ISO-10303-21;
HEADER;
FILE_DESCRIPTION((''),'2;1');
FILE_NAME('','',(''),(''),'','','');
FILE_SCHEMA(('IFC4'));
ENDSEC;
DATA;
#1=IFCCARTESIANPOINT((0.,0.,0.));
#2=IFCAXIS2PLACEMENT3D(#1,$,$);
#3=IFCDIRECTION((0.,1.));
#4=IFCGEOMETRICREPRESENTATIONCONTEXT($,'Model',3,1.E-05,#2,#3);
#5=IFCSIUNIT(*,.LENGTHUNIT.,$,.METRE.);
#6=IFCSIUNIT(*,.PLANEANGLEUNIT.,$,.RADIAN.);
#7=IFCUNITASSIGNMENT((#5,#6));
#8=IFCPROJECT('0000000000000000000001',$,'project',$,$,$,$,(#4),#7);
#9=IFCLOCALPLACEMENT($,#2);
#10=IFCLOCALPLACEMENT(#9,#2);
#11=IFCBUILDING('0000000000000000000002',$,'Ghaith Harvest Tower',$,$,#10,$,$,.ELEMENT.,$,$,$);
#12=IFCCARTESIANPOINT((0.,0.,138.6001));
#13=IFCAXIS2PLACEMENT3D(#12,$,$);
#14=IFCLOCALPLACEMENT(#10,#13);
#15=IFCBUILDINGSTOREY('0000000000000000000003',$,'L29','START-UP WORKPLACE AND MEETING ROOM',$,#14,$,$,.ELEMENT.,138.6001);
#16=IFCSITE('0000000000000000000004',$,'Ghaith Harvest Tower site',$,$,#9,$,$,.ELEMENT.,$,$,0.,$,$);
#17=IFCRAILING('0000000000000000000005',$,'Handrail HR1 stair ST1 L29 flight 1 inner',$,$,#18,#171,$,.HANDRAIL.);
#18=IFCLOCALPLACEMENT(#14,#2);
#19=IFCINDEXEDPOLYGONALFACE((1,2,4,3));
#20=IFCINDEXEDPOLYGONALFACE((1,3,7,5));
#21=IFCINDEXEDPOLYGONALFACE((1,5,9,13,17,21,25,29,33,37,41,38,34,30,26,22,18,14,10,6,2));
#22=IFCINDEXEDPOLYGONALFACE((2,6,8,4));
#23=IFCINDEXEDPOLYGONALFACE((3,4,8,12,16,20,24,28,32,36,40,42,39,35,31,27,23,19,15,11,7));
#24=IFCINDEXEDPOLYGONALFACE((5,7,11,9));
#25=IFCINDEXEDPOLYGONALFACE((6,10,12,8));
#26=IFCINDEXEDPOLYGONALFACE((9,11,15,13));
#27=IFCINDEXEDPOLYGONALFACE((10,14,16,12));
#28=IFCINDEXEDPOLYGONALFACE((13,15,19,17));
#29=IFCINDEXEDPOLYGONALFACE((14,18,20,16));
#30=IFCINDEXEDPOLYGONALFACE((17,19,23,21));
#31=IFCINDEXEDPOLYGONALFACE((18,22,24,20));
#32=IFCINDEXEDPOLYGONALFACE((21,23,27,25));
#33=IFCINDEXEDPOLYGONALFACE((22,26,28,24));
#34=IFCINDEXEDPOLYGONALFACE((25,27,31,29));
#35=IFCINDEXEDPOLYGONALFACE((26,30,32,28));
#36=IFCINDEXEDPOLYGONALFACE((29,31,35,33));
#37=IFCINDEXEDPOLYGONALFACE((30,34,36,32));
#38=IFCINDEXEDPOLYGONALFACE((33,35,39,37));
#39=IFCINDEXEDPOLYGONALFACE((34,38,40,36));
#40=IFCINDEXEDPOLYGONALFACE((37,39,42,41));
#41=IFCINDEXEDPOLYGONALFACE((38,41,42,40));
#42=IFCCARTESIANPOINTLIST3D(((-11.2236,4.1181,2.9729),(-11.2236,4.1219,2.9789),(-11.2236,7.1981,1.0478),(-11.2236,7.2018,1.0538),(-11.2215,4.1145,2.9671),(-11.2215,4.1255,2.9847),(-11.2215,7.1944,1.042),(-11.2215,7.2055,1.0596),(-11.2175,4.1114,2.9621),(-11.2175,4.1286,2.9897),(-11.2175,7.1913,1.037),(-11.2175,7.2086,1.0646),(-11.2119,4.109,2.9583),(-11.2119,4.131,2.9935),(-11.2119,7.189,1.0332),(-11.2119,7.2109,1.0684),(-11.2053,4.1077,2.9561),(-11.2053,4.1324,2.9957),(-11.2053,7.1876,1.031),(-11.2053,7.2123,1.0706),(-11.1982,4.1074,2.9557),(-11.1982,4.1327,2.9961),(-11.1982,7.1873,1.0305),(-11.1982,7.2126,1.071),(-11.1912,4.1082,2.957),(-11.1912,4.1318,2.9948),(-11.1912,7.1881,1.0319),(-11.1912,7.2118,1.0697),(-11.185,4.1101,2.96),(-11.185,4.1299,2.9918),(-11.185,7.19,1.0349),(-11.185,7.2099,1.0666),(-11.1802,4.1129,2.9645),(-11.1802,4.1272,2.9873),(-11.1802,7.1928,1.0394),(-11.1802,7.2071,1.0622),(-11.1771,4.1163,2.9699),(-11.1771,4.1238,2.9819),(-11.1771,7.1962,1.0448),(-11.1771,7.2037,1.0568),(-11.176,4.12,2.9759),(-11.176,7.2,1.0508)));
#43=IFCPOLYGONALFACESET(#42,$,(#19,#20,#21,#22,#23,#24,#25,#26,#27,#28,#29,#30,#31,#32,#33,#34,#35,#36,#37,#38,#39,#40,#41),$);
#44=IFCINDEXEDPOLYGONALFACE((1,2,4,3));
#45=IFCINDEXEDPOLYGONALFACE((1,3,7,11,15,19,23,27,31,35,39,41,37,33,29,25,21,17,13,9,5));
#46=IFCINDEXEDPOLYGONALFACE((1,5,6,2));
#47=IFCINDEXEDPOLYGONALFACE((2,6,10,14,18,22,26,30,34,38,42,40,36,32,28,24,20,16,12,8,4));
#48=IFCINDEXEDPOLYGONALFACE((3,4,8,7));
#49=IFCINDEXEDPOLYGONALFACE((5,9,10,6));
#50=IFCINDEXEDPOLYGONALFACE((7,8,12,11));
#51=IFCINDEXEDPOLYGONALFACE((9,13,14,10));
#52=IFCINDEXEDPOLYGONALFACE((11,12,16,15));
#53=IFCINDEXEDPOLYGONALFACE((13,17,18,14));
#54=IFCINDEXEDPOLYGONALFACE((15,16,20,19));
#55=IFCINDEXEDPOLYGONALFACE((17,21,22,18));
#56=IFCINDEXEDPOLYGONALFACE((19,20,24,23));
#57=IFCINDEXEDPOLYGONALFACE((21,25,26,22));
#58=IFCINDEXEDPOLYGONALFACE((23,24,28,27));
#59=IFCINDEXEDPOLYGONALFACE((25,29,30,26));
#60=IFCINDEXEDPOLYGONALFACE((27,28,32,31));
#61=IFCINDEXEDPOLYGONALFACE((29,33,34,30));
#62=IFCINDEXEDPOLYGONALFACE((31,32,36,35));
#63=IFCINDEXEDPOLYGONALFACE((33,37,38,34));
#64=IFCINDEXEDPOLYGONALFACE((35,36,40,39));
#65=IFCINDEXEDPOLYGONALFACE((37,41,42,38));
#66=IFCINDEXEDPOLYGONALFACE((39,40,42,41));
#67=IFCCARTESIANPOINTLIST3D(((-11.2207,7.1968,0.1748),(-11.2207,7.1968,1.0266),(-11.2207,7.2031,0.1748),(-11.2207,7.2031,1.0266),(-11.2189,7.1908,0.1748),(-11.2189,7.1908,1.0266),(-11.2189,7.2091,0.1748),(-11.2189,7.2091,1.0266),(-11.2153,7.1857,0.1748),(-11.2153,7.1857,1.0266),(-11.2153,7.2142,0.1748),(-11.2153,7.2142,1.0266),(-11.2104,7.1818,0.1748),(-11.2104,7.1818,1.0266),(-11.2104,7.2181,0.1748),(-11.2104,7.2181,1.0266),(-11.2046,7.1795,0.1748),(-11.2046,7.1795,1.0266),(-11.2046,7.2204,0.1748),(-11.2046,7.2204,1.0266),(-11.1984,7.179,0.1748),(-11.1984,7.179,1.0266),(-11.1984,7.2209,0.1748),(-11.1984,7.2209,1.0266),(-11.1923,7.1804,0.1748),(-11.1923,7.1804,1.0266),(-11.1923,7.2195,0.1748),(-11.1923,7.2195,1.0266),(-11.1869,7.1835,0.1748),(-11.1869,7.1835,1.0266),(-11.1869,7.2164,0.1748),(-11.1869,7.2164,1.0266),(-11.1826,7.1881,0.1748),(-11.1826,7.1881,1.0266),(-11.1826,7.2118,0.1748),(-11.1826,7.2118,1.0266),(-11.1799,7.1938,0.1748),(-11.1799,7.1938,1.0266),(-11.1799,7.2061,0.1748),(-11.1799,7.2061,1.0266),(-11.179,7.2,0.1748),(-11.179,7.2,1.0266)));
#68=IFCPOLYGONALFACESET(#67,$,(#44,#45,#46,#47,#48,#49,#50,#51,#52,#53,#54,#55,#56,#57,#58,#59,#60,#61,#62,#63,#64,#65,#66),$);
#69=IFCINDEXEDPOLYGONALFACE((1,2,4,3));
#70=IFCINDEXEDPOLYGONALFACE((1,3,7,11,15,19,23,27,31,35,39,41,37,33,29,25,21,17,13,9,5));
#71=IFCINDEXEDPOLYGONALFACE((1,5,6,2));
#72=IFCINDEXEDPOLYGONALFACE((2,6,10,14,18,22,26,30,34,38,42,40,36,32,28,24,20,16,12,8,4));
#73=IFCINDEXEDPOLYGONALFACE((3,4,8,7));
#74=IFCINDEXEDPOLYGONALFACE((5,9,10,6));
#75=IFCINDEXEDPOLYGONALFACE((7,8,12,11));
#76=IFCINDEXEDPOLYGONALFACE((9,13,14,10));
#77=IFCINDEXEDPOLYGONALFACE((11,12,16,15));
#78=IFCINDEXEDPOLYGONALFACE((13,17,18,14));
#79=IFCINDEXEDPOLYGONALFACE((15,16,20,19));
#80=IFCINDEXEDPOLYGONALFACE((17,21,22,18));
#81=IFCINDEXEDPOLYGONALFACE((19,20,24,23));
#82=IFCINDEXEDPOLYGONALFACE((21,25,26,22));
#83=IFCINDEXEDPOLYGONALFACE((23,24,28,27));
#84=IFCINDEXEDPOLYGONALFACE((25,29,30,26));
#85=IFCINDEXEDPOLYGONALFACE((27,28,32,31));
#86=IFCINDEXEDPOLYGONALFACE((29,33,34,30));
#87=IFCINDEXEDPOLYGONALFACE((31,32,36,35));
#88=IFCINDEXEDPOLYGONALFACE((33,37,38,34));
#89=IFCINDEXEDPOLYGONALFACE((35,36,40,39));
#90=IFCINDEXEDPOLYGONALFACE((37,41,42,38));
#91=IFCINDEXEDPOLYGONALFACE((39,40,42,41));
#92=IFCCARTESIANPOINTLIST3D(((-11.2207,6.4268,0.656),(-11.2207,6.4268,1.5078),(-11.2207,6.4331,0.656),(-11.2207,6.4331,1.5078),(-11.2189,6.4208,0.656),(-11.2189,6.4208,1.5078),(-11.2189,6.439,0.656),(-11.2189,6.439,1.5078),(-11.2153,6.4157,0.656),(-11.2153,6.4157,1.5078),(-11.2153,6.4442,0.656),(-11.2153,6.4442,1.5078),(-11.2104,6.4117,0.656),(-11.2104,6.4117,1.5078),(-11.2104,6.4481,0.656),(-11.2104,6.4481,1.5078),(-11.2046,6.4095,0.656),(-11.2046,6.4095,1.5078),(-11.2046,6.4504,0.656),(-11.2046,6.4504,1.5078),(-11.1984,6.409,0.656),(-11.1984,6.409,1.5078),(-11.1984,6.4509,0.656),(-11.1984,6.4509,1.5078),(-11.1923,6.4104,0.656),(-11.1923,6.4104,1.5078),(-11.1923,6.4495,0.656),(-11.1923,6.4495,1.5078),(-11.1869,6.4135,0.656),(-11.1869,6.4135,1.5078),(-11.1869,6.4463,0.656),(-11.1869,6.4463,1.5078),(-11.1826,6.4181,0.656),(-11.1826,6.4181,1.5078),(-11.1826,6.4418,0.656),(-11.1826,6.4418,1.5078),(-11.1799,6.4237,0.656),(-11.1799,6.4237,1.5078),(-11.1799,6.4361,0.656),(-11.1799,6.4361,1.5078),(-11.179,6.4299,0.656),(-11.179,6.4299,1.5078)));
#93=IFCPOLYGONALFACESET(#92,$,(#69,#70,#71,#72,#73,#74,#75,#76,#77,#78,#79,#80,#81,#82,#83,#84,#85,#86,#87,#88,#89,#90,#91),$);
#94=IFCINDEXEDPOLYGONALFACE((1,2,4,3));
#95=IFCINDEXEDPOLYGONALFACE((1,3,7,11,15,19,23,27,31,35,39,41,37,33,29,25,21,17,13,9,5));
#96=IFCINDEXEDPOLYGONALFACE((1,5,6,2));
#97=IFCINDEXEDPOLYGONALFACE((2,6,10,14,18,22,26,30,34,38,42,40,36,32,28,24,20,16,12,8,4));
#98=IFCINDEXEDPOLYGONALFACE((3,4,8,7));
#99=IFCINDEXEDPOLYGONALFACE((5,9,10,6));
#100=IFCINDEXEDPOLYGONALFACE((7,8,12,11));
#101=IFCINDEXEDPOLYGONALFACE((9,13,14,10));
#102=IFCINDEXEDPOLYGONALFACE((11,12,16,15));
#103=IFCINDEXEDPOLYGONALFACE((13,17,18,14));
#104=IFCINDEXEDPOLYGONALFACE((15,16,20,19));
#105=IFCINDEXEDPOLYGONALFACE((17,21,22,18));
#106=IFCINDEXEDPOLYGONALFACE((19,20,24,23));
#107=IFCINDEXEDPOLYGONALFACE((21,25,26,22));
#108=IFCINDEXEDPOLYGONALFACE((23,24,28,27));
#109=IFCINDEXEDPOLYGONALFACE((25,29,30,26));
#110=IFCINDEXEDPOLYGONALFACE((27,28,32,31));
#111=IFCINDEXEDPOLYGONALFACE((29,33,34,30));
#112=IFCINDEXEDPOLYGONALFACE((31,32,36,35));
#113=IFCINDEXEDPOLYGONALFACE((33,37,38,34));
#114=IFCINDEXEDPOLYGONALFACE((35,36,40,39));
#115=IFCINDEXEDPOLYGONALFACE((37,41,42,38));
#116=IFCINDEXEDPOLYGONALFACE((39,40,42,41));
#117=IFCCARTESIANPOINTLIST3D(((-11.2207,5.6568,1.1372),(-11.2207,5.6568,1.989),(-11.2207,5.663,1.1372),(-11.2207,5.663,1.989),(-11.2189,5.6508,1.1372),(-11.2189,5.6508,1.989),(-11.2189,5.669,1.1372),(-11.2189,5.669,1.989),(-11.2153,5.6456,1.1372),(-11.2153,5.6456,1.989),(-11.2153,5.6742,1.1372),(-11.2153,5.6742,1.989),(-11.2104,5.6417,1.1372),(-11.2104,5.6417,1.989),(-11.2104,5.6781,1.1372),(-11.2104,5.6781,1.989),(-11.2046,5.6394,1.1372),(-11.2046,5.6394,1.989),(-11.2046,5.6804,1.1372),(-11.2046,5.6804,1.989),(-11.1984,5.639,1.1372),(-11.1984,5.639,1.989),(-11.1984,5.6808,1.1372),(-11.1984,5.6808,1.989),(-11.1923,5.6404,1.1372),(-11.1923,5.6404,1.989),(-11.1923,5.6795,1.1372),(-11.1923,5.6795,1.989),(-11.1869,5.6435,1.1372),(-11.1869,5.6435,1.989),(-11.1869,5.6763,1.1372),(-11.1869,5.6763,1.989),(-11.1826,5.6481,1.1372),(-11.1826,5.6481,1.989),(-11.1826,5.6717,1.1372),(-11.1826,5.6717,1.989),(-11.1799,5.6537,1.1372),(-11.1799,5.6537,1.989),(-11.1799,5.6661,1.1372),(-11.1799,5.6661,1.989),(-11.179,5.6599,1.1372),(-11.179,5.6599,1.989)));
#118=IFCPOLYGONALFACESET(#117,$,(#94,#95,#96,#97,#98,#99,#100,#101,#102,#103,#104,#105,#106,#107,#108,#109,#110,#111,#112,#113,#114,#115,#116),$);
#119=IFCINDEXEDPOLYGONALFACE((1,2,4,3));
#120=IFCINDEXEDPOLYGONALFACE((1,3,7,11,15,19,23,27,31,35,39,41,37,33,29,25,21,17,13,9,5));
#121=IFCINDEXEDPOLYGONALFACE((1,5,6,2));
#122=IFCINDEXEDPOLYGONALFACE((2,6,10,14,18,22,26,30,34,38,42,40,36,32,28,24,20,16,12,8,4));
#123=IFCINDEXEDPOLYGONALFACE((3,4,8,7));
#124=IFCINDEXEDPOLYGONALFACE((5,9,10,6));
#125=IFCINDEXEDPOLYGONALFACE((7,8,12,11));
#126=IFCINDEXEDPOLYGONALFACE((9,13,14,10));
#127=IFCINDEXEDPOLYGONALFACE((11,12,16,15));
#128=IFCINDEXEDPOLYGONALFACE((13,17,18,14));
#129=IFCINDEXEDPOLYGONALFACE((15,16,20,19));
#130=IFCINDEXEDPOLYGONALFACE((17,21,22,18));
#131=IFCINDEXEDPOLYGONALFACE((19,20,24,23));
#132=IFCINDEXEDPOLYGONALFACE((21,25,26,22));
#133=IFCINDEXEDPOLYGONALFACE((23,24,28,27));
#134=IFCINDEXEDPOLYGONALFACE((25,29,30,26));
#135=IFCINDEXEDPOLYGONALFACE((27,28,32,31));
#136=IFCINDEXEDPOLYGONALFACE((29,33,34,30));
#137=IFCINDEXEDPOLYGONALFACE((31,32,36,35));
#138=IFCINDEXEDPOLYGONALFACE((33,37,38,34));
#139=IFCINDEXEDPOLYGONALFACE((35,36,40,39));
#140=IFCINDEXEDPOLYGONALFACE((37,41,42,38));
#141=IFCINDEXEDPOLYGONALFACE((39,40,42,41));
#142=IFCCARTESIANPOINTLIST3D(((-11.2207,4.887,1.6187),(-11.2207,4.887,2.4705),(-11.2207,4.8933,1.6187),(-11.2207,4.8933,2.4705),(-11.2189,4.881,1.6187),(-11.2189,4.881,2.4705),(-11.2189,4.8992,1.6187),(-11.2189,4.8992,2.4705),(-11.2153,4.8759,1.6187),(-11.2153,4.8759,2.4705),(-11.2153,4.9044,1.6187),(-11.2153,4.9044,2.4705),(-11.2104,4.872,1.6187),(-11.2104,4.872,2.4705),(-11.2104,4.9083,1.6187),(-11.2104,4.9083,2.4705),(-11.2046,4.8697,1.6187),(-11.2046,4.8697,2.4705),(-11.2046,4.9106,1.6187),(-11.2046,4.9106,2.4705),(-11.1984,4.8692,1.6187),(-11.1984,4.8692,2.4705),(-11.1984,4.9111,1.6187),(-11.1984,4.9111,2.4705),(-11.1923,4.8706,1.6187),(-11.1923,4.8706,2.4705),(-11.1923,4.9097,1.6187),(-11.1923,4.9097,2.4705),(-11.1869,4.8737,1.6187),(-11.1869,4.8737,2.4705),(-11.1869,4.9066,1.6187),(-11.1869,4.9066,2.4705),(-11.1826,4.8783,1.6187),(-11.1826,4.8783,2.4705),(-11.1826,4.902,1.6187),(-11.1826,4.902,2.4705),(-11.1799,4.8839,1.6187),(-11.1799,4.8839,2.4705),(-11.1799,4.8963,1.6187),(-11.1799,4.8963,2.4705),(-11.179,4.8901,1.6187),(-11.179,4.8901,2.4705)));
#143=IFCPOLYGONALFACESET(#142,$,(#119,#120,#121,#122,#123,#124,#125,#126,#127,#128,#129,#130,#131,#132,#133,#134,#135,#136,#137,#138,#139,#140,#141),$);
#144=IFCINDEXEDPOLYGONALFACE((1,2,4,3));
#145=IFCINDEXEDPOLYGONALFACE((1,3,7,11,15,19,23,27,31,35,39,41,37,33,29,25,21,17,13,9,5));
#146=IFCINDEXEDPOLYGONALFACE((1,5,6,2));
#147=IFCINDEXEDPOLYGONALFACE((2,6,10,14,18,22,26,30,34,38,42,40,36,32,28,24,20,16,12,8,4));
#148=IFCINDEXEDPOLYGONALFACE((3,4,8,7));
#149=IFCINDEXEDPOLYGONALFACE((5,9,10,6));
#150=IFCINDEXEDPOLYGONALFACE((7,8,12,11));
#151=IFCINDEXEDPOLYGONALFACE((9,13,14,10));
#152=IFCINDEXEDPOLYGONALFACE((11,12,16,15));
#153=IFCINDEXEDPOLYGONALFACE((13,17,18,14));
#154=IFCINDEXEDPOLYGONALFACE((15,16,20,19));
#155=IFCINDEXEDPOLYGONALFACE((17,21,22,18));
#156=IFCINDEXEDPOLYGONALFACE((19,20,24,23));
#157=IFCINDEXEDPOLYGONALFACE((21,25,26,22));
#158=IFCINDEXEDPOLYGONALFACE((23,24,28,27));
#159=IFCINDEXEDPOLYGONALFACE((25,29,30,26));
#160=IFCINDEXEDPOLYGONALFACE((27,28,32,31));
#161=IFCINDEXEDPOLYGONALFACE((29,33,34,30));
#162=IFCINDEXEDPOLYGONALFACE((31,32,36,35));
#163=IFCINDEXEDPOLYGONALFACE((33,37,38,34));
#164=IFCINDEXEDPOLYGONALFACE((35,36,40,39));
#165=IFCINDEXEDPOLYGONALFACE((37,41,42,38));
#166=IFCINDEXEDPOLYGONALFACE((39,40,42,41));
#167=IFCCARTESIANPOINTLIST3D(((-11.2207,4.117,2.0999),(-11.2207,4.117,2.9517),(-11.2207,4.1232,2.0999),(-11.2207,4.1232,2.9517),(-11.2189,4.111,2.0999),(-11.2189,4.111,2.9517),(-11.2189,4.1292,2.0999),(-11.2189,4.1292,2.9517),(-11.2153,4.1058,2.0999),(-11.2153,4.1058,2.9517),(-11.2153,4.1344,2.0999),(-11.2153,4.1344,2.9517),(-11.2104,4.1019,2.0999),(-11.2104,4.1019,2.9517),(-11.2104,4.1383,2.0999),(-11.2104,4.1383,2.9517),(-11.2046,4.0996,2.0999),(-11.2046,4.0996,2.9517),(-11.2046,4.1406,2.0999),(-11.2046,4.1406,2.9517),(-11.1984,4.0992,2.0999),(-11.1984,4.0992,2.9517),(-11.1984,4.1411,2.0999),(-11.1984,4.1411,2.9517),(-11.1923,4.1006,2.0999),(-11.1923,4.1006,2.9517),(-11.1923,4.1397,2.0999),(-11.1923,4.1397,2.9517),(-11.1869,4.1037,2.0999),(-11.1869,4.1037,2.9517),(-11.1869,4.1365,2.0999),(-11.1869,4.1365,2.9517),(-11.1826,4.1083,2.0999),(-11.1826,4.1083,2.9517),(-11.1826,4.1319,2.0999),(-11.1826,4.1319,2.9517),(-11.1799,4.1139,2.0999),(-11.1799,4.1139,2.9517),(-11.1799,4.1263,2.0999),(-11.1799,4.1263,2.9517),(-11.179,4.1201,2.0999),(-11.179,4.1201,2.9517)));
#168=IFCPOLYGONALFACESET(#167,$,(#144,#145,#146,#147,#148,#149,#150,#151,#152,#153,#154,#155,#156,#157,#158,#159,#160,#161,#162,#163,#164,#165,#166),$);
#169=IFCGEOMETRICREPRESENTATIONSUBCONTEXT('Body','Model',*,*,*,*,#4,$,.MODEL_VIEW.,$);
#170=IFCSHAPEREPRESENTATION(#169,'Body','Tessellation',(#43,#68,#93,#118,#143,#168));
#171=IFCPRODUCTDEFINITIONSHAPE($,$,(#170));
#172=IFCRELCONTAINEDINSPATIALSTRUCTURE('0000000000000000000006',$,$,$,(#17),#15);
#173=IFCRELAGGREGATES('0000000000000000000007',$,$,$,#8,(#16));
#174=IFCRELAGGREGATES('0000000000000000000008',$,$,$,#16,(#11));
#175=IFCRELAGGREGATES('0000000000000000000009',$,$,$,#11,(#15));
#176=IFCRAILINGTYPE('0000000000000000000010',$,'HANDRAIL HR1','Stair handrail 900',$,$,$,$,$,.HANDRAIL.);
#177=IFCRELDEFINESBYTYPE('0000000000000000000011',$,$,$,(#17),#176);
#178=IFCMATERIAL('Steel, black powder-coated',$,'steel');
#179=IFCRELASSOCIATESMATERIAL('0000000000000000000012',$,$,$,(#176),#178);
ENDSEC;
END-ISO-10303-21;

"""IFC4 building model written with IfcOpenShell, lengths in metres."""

from ifc_helpers import new_model, si_unit, direction, frame, origin, origin_2d, place, context, subcontext, project, spatial, circle, extrude, material, type_object, element, save


model = new_model("IFC4")

# Units and contexts
model_context = context("Model", 3, precision=1e-05, world=origin(), true_north=direction((0.0, 1.0)))
body_context = subcontext(model_context, "Body", "Model", "MODEL_VIEW")
ifc_project = project(units=[si_unit("LENGTHUNIT", "METRE"), si_unit("PLANEANGLEUNIT", "RADIAN")], contexts=[model_context])

# Site, building, storey
site_placement = place(None, origin())
site = spatial("IfcSite", under=ifc_project, at=site_placement, Name="Ghaith Harvest Tower site", CompositionType="ELEMENT", RefElevation=0.0)
building_placement = place(site_placement, origin())
building = spatial("IfcBuilding", under=site, at=building_placement, Name="Ghaith Harvest Tower", CompositionType="ELEMENT")
storey_placement = place(building_placement, frame((0.0, 0.0, 138.6001)))
storey = spatial("IfcBuildingStorey", under=building, at=storey_placement, Name="L29", Description="START-UP WORKPLACE AND MEETING ROOM", CompositionType="ELEMENT", Elevation=138.6001)

# Railing
ifc_material_1 = material(Name="Steel, black powder-coated", Category="steel")
railing_type = type_object("IfcRailingType", Name="HANDRAIL HR1", Description="Stair handrail 900", PredefinedType="HANDRAIL", material=ifc_material_1)
railing_1_placement = place(storey_placement, frame((-11.2, 7.2, 0.1748)))
element("IfcRailing", 1, at=railing_1_placement, inside=storey, type_object=railing_type, Name="Handrail HR1 stair ST1 L29 flight 1 inner", PredefinedType="HANDRAIL", context=body_context, shape_type="SweptSolid", body=[
    extrude(circle(Radius=0.0239, at=origin_2d()), frame((0.0, 0.0, 0.876), z_axis=(0.0, -0.847979, 0.530029), x_axis=(1.0, 0.0, 0.0)), (0.0, 0.0, 1.0), 3.6321),
    extrude(circle(Radius=0.021, at=origin_2d()), origin(), (0.0, 0.0, 1.0), 0.8518),
    extrude(circle(Radius=0.021, at=origin_2d()), frame((0.0, -0.77, 0.4812)), (0.0, 0.0, 1.0), 0.8518),
    extrude(circle(Radius=0.021, at=origin_2d()), frame((0.0, -1.54, 0.9624)), (0.0, 0.0, 1.0), 0.8518),
    extrude(circle(Radius=0.021, at=origin_2d()), frame((0.0, -2.3098, 1.4438)), (0.0, 0.0, 1.0), 0.8518),
    extrude(circle(Radius=0.021, at=origin_2d()), frame((0.0, -3.0798, 1.925)), (0.0, 0.0, 1.0), 0.8518),
])

save(model, "model.ifc")
